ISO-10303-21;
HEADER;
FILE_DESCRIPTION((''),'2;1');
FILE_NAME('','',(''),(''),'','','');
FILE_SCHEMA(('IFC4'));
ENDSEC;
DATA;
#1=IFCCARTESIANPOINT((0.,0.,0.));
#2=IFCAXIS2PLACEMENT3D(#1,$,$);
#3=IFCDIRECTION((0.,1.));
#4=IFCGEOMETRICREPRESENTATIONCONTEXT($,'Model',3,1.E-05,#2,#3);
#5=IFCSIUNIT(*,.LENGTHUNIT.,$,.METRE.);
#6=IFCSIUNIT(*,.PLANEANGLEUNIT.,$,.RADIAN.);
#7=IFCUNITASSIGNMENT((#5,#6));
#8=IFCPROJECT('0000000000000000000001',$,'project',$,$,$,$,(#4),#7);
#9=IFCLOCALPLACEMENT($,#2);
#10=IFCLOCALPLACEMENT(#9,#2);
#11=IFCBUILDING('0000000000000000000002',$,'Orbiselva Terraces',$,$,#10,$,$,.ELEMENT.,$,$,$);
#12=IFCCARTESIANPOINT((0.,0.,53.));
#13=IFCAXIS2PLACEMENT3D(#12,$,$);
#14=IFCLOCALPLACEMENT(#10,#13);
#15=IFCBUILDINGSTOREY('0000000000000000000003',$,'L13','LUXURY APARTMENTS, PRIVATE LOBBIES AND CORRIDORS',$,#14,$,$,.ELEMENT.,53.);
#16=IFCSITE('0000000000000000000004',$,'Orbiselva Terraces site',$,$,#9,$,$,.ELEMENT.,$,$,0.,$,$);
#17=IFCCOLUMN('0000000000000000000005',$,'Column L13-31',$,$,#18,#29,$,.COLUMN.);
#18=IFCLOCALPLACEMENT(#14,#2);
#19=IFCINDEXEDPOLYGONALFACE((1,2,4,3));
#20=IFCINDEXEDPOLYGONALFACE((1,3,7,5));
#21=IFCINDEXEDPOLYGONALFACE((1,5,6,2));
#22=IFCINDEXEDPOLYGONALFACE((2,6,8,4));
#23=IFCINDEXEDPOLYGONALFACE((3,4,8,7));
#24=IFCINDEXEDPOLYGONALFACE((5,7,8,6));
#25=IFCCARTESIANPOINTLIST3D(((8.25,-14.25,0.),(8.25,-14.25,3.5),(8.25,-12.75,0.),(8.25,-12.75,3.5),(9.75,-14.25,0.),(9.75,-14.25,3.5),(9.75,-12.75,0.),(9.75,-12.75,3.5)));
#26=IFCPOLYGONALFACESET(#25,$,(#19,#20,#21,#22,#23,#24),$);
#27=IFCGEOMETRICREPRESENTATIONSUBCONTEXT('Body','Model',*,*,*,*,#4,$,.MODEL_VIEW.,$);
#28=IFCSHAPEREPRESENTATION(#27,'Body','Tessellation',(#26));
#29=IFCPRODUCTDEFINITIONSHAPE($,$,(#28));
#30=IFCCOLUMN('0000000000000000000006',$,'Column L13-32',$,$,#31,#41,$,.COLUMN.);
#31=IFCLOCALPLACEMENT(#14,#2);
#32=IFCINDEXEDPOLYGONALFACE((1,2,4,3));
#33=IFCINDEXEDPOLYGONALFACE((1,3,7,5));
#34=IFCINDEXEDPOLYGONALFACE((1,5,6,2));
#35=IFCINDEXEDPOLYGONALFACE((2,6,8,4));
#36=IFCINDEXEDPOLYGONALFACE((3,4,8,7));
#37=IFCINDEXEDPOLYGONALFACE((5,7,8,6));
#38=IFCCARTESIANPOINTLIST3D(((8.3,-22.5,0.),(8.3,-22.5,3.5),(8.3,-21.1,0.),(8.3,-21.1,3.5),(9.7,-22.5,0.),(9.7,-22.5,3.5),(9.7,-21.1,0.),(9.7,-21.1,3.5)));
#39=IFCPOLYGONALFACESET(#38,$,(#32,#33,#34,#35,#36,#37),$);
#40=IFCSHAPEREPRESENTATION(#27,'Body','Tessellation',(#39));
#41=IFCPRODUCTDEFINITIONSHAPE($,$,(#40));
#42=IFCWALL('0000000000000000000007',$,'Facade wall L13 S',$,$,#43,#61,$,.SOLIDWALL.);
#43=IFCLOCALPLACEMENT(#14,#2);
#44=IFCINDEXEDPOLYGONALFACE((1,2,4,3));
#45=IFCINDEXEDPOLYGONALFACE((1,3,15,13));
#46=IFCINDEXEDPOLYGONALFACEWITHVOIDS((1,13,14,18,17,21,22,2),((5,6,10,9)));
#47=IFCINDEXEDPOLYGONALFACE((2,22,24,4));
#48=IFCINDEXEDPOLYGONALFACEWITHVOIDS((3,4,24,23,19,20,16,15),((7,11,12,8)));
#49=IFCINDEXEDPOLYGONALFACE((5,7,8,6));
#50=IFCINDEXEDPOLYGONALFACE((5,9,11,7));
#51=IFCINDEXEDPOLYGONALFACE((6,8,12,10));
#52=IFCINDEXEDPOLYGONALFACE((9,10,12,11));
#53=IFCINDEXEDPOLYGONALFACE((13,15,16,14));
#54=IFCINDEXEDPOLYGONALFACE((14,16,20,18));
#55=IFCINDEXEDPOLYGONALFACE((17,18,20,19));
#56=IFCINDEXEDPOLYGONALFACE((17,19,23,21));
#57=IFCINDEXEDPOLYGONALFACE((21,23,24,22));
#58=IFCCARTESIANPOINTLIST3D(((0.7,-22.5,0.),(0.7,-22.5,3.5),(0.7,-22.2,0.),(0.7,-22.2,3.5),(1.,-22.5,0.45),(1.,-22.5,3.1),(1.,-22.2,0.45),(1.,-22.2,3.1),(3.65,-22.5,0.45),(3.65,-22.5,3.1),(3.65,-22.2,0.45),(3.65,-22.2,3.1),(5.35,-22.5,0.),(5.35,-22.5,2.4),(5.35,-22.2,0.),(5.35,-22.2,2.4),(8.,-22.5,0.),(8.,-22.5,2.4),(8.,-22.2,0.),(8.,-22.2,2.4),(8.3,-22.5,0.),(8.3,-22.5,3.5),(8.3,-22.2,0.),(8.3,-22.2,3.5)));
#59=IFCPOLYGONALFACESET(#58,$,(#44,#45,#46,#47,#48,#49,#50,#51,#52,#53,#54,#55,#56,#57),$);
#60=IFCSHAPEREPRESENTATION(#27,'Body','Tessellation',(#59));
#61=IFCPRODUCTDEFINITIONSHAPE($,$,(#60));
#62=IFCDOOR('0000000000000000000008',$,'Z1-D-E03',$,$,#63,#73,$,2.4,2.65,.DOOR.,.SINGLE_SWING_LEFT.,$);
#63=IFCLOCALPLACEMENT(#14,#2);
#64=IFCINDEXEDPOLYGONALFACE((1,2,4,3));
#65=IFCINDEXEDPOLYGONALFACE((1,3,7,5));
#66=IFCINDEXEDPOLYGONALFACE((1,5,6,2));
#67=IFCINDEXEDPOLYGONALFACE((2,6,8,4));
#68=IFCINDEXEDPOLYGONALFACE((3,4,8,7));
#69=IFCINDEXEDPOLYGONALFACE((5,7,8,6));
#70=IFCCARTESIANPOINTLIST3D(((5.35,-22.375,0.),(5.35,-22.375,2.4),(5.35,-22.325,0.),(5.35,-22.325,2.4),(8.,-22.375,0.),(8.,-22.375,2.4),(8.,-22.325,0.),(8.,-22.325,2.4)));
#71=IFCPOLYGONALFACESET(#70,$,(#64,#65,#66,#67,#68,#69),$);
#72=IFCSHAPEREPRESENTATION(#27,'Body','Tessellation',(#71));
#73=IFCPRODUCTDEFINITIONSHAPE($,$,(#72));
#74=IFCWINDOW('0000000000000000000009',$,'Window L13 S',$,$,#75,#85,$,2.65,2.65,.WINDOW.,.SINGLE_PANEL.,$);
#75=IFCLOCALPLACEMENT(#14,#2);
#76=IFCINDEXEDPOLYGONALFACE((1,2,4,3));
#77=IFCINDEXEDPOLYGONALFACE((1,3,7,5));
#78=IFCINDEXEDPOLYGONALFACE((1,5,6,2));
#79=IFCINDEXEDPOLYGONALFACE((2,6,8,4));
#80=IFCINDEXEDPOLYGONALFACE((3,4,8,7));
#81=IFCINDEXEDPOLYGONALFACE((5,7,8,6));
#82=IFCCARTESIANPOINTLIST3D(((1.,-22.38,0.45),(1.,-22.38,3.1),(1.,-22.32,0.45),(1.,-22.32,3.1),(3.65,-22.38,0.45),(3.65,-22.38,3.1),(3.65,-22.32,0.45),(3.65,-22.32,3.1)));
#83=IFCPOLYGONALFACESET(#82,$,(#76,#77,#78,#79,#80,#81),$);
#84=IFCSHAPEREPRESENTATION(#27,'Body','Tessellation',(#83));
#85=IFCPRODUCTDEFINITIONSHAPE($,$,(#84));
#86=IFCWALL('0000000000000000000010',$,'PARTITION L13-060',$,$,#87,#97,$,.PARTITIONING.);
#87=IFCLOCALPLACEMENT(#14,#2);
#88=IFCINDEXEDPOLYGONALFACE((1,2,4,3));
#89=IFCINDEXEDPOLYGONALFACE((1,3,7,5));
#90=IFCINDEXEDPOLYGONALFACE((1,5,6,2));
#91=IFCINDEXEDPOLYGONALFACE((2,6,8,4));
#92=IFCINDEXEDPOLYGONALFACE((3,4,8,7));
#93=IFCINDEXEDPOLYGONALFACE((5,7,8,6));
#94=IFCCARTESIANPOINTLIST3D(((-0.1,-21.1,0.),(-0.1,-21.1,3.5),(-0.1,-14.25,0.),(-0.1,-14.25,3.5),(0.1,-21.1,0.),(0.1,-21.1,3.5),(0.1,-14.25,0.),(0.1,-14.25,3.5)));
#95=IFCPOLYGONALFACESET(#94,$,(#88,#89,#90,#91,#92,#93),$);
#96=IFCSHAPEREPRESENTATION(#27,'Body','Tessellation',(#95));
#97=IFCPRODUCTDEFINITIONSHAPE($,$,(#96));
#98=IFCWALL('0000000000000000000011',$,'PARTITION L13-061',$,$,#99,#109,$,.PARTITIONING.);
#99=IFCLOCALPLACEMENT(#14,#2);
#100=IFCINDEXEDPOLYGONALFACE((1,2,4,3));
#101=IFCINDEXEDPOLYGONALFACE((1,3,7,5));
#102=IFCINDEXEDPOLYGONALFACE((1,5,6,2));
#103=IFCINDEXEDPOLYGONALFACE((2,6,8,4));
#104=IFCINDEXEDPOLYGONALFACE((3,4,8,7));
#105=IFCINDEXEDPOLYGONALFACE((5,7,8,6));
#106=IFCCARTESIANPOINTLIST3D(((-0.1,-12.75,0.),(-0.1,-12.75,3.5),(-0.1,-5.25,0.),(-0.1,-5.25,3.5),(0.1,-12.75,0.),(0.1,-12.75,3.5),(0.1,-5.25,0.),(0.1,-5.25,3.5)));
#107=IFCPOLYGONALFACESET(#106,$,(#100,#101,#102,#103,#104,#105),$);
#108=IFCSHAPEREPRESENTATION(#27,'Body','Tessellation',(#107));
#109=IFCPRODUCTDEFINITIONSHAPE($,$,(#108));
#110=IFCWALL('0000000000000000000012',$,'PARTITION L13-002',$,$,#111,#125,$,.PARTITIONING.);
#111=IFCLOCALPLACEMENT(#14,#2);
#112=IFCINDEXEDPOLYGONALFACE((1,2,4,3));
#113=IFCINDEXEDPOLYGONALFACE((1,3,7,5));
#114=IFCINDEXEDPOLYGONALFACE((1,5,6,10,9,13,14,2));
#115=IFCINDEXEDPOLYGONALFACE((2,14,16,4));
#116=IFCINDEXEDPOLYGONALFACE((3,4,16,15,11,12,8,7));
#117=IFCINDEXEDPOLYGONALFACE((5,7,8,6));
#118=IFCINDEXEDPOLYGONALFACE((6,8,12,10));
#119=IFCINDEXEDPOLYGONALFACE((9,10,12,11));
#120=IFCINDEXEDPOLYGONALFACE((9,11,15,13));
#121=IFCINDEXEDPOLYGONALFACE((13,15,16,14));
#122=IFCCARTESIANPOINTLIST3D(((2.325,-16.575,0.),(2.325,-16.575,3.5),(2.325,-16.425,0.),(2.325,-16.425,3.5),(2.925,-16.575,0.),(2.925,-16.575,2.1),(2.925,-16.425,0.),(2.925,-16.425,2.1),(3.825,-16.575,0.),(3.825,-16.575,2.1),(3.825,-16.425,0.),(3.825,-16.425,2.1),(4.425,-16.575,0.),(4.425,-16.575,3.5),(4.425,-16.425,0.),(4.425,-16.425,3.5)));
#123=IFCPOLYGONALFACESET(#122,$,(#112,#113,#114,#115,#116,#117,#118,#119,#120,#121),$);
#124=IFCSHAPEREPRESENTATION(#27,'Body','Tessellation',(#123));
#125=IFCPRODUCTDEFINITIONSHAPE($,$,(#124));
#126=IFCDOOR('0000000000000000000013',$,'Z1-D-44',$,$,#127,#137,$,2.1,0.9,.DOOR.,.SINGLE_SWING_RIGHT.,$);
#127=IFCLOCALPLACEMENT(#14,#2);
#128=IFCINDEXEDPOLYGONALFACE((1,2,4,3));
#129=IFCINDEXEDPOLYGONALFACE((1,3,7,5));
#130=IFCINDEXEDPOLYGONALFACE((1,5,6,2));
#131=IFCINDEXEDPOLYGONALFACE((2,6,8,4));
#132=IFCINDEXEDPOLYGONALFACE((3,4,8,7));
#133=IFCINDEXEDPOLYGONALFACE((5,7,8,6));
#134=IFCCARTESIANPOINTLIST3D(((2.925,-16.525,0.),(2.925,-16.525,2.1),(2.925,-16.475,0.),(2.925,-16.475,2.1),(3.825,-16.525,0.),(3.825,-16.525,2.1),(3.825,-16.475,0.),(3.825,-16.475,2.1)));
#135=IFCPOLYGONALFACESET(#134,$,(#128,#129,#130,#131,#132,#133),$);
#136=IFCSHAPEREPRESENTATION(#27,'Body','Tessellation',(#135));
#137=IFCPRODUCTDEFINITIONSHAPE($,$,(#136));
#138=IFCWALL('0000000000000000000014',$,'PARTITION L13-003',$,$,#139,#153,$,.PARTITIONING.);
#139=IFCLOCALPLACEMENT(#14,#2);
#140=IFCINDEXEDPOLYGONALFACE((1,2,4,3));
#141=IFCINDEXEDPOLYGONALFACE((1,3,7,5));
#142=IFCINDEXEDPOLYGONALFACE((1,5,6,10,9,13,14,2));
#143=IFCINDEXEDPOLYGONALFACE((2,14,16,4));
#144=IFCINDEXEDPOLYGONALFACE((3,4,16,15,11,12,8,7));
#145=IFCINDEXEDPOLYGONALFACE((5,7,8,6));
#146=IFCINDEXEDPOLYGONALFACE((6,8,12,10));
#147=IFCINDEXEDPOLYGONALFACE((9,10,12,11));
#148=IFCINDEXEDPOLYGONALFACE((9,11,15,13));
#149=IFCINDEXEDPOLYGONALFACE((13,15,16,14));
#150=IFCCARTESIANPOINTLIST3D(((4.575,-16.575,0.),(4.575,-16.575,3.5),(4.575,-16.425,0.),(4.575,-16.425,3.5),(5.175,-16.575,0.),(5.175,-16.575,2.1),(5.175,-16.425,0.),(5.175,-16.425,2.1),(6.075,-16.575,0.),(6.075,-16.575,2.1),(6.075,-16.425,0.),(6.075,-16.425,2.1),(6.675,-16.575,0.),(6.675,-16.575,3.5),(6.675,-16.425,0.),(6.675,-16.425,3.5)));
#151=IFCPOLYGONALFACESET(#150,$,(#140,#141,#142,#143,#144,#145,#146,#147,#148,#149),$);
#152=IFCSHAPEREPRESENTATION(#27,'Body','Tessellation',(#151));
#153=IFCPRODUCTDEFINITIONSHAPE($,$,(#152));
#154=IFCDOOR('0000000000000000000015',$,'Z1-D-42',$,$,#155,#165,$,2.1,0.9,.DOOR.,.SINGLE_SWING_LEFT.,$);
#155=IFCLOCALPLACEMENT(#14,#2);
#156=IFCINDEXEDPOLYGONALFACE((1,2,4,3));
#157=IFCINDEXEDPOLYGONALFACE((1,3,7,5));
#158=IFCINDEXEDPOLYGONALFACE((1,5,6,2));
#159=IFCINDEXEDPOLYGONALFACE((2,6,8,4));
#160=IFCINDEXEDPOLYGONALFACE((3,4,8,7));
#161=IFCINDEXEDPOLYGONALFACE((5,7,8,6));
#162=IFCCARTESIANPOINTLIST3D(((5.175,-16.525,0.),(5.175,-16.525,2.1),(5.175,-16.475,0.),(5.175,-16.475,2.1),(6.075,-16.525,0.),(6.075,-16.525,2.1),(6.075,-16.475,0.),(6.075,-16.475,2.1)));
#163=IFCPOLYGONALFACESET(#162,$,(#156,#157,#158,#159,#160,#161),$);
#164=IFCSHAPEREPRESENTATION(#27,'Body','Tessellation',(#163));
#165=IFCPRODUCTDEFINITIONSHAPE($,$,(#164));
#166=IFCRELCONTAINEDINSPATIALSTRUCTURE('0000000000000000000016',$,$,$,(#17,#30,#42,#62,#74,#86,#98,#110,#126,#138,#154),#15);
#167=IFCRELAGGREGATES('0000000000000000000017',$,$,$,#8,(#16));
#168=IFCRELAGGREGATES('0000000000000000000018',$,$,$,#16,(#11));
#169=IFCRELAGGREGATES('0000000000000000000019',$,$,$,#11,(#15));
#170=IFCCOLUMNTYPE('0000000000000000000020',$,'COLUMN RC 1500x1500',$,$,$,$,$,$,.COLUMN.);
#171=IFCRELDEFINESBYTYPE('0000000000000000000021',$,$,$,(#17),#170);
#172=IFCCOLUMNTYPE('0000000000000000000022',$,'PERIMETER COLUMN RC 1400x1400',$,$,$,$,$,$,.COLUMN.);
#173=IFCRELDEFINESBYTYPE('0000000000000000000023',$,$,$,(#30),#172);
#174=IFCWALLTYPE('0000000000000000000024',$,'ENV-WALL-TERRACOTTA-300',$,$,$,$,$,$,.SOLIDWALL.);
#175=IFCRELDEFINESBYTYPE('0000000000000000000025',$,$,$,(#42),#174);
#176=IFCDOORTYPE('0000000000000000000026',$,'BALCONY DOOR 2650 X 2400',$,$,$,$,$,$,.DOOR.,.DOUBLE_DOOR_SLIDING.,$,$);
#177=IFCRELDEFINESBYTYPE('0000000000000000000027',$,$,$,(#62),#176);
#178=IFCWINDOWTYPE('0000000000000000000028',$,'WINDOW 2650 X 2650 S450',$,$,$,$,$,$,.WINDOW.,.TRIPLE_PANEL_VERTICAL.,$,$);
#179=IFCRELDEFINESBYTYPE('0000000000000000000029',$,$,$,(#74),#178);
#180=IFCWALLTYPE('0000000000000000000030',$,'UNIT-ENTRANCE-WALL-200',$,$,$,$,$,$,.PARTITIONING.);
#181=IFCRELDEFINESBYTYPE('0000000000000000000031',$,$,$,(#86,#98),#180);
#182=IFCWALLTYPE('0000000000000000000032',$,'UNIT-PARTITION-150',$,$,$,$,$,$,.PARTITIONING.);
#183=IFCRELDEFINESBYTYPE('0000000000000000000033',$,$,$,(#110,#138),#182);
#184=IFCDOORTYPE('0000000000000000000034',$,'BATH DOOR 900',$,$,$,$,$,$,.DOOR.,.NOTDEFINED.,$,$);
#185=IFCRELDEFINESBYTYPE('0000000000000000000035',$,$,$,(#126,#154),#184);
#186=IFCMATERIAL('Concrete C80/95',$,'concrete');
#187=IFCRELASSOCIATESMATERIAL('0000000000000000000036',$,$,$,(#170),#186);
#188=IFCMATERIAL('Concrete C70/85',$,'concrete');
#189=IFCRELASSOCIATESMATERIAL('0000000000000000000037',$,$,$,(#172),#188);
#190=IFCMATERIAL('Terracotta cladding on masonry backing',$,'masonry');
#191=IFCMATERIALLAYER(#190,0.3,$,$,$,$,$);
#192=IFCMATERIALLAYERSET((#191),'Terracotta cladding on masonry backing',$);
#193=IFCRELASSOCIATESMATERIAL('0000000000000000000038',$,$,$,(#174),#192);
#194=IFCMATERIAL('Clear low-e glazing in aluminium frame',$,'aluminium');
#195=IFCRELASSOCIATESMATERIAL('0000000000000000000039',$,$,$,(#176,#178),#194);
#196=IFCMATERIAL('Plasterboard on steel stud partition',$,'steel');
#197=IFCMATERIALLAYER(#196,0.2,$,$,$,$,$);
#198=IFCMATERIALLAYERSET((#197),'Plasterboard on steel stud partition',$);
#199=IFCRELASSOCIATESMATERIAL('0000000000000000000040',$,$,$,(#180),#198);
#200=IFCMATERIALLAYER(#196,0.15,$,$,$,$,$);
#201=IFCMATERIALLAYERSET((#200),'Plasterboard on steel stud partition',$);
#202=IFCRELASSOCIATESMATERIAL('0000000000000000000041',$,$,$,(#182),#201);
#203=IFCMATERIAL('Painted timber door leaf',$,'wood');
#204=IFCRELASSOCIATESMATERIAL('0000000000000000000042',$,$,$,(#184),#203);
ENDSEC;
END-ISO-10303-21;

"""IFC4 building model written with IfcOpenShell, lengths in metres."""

from ifc_helpers import new_model, si_unit, direction, frame, frame_2d, origin, origin_2d, place, context, subcontext, project, spatial, rectangle, extrude, material, layer, layer_set, material_profile, profile_set, type_object, element, fill, save


model = new_model("IFC4")

# Units and contexts
model_context = context("Model", 3, precision=1e-05, world=origin(), true_north=direction((0.0, 1.0)))
body_context = subcontext(model_context, "Body", "Model", "MODEL_VIEW")
ifc_project = project(units=[si_unit("LENGTHUNIT", "METRE"), si_unit("PLANEANGLEUNIT", "RADIAN")], contexts=[model_context])

# Site, building, storey
site_placement = place(None, origin())
site = spatial("IfcSite", under=ifc_project, at=site_placement, Name="Orbiselva Terraces site", CompositionType="ELEMENT", RefElevation=0.0)
building_placement = place(site_placement, origin())
building = spatial("IfcBuilding", under=site, at=building_placement, Name="Orbiselva Terraces", CompositionType="ELEMENT")
storey_placement = place(building_placement, frame((0.0, 0.0, 53.0)))
storey = spatial("IfcBuildingStorey", under=building, at=storey_placement, Name="L13", Description="LUXURY APARTMENTS, PRIVATE LOBBIES AND CORRIDORS", CompositionType="ELEMENT", Elevation=53.0)

# Columns
ifc_material_1 = material(Name="Concrete C80/95", Category="concrete")
ifc_material_profile_1 = material_profile(ifc_material_1, rectangle(XDim=1.5, YDim=1.5, at=origin_2d()), Name="RC 1500x1500")
ifc_profile_set_1 = profile_set([ifc_material_profile_1], Name="Concrete C80/95")
column_type_1 = type_object("IfcColumnType", Name="COLUMN RC 1500x1500", PredefinedType="COLUMN", material=ifc_profile_set_1)
column_1_placement = place(storey_placement, frame((9.0, -13.5, 0.0), z_axis=(0.0, 0.0, 1.0), x_axis=(1.0, 0.0, 0.0)))
element("IfcColumn", 1, at=column_1_placement, inside=storey, type_object=column_type_1, Name="Column L13-31", PredefinedType="COLUMN", context=body_context, shape_type="SweptSolid", body=[
    extrude(rectangle(XDim=1.5, YDim=1.5, at=origin_2d()), origin(), (0.0, 0.0, 1.0), 3.5),
])
ifc_material_2 = material(Name="Concrete C70/85", Category="concrete")
ifc_material_profile_2 = material_profile(ifc_material_2, rectangle(XDim=1.4, YDim=1.4, at=origin_2d()), Name="RC 1400x1400")
ifc_profile_set_2 = profile_set([ifc_material_profile_2], Name="Concrete C70/85")
column_type_2 = type_object("IfcColumnType", Name="PERIMETER COLUMN RC 1400x1400", PredefinedType="COLUMN", material=ifc_profile_set_2)
column_2_placement = place(storey_placement, frame((9.0, -21.8, 0.0), z_axis=(0.0, 0.0, 1.0), x_axis=(1.0, 0.0, 0.0)))
element("IfcColumn", 2, at=column_2_placement, inside=storey, type_object=column_type_2, Name="Column L13-32", PredefinedType="COLUMN", context=body_context, shape_type="SweptSolid", body=[
    extrude(rectangle(XDim=1.4, YDim=1.4, at=origin_2d()), origin(), (0.0, 0.0, 1.0), 3.5),
])

# Wall, openings, door, window
ifc_material_3 = material(Name="Terracotta cladding on masonry backing", Category="masonry")
ifc_layer_1 = layer(ifc_material_3, 0.3)
ifc_layer_set_1 = layer_set([ifc_layer_1], Name="Terracotta cladding on masonry backing")
wall_type_1 = type_object("IfcWallType", Name="ENV-WALL-TERRACOTTA-300", PredefinedType="SOLIDWALL", material=ifc_layer_set_1)
wall_1_placement = place(storey_placement, frame((8.3, -22.35, 0.0), z_axis=(0.0, 0.0, 1.0), x_axis=(-1.0, 0.0, 0.0)))
wall_1 = element("IfcWall", 3, at=wall_1_placement, inside=storey, type_object=wall_type_1, Name="Facade wall L13 S", PredefinedType="SOLIDWALL", context=body_context, shape_type="SweptSolid", body=[
    extrude(rectangle(XDim=7.6, YDim=0.3, at=frame_2d((3.8, 0.0))), origin(), (0.0, 0.0, 1.0), 3.5),
])
opening_1_placement = place(wall_1_placement, frame((4.65, 0.0, 0.45)))
opening_1 = element("IfcOpeningElement", 4, at=opening_1_placement, cuts=wall_1, PredefinedType="OPENING", context=body_context, shape_type="SweptSolid", body=[
    extrude(rectangle(XDim=2.65, YDim=2.65, at=frame_2d((1.325, 1.325))), frame((0.0, 0.16, 0.0), z_axis=(0.0, -1.0, 0.0), x_axis=(1.0, 0.0, 0.0)), (0.0, 0.0, 1.0), 0.32),
])
opening_2_placement = place(wall_1_placement, frame((0.3, 0.0, 0.0)))
opening_2 = element("IfcOpeningElement", 5, at=opening_2_placement, cuts=wall_1, PredefinedType="OPENING", context=body_context, shape_type="SweptSolid", body=[
    extrude(rectangle(XDim=2.65, YDim=2.4, at=frame_2d((1.325, 1.2))), frame((0.0, 0.16, 0.0), z_axis=(0.0, -1.0, 0.0), x_axis=(1.0, 0.0, 0.0)), (0.0, 0.0, 1.0), 0.32),
])
ifc_material_4 = material(Name="Clear low-e glazing in aluminium frame", Category="aluminium")
door_type_1 = type_object("IfcDoorType", Name="BALCONY DOOR 2650 X 2400", OperationType="DOUBLE_DOOR_SLIDING", PredefinedType="DOOR", material=ifc_material_4)
door_1_placement = place(opening_2_placement, origin())
door_1 = element("IfcDoor", 6, at=door_1_placement, inside=storey, type_object=door_type_1, Name="Z1-D-E03", OperationType="SINGLE_SWING_LEFT", OverallHeight=2.4, OverallWidth=2.65, PredefinedType="DOOR", context=body_context, shape_type="SweptSolid", body=[
    extrude(rectangle(XDim=2.65, YDim=2.4, at=frame_2d((1.325, 1.2))), frame((0.0, 0.025, 0.0), z_axis=(0.0, -1.0, 0.0), x_axis=(1.0, 0.0, 0.0)), (0.0, 0.0, 1.0), 0.05),
])
fill(opening_2, door_1)
window_type = type_object("IfcWindowType", Name="WINDOW 2650 X 2650 S450", PartitioningType="TRIPLE_PANEL_VERTICAL", PredefinedType="WINDOW", material=ifc_material_4)
window_placement = place(opening_1_placement, origin())
window = element("IfcWindow", 7, at=window_placement, inside=storey, type_object=window_type, Name="Window L13 S", OverallHeight=2.65, OverallWidth=2.65, PartitioningType="SINGLE_PANEL", PredefinedType="WINDOW", context=body_context, shape_type="SweptSolid", body=[
    extrude(rectangle(XDim=2.65, YDim=2.65, at=frame_2d((1.325, 1.325))), frame((0.0, 0.03, 0.0), z_axis=(0.0, -1.0, 0.0), x_axis=(1.0, 0.0, 0.0)), (0.0, 0.0, 1.0), 0.06),
])
fill(opening_1, window)

# Walls
ifc_material_5 = material(Name="Plasterboard on steel stud partition", Category="steel")
ifc_layer_2 = layer(ifc_material_5, 0.2)
ifc_layer_set_2 = layer_set([ifc_layer_2], Name="Plasterboard on steel stud partition")
wall_type_2 = type_object("IfcWallType", Name="UNIT-ENTRANCE-WALL-200", PredefinedType="PARTITIONING", material=ifc_layer_set_2)
wall_2_placement = place(storey_placement, frame((0.0, -21.1, 0.0), z_axis=(0.0, 0.0, 1.0), x_axis=(0.0, 1.0, 0.0)))
element("IfcWall", 8, at=wall_2_placement, inside=storey, type_object=wall_type_2, Name="PARTITION L13-060", PredefinedType="PARTITIONING", context=body_context, shape_type="SweptSolid", body=[
    extrude(rectangle(XDim=6.85, YDim=0.2, at=frame_2d((3.425, 0.0))), origin(), (0.0, 0.0, 1.0), 3.5),
])
wall_3_placement = place(storey_placement, frame((0.0, -12.75, 0.0), z_axis=(0.0, 0.0, 1.0), x_axis=(0.0, 1.0, 0.0)))
element("IfcWall", 9, at=wall_3_placement, inside=storey, type_object=wall_type_2, Name="PARTITION L13-061", PredefinedType="PARTITIONING", context=body_context, shape_type="SweptSolid", body=[
    extrude(rectangle(XDim=7.5, YDim=0.2, at=frame_2d((3.75, 0.0))), origin(), (0.0, 0.0, 1.0), 3.5),
])

# Walls, openings, doors
ifc_layer_3 = layer(ifc_material_5, 0.15)
ifc_layer_set_3 = layer_set([ifc_layer_3], Name="Plasterboard on steel stud partition")
wall_type_3 = type_object("IfcWallType", Name="UNIT-PARTITION-150", PredefinedType="PARTITIONING", material=ifc_layer_set_3)
wall_4_placement = place(storey_placement, frame((2.325, -16.5, 0.0), z_axis=(0.0, 0.0, 1.0), x_axis=(1.0, 0.0, 0.0)))
wall_4 = element("IfcWall", 10, at=wall_4_placement, inside=storey, type_object=wall_type_3, Name="PARTITION L13-002", PredefinedType="PARTITIONING", context=body_context, shape_type="SweptSolid", body=[
    extrude(rectangle(XDim=2.1, YDim=0.15, at=frame_2d((1.05, 0.0))), origin(), (0.0, 0.0, 1.0), 3.5),
])
opening_3_placement = place(wall_4_placement, frame((0.6, 0.0, 0.0)))
opening_3 = element("IfcOpeningElement", 11, at=opening_3_placement, cuts=wall_4, PredefinedType="OPENING", context=body_context, shape_type="SweptSolid", body=[
    extrude(rectangle(XDim=0.9, YDim=2.1, at=frame_2d((0.45, 1.05))), frame((0.0, 0.085, 0.0), z_axis=(0.0, -1.0, 0.0), x_axis=(1.0, 0.0, 0.0)), (0.0, 0.0, 1.0), 0.17),
])
ifc_material_6 = material(Name="Painted timber door leaf", Category="wood")
door_type_2 = type_object("IfcDoorType", Name="BATH DOOR 900", OperationType="NOTDEFINED", PredefinedType="DOOR", material=ifc_material_6)
door_2_placement = place(opening_3_placement, origin())
door_2 = element("IfcDoor", 12, at=door_2_placement, inside=storey, type_object=door_type_2, Name="Z1-D-44", OperationType="SINGLE_SWING_RIGHT", OverallHeight=2.1, OverallWidth=0.9, PredefinedType="DOOR", context=body_context, shape_type="SweptSolid", body=[
    extrude(rectangle(XDim=0.9, YDim=2.1, at=frame_2d((0.45, 1.05))), frame((0.0, 0.025, 0.0), z_axis=(0.0, -1.0, 0.0), x_axis=(1.0, 0.0, 0.0)), (0.0, 0.0, 1.0), 0.05),
])
fill(opening_3, door_2)
wall_5_placement = place(storey_placement, frame((4.575, -16.5, 0.0), z_axis=(0.0, 0.0, 1.0), x_axis=(1.0, 0.0, 0.0)))
wall_5 = element("IfcWall", 13, at=wall_5_placement, inside=storey, type_object=wall_type_3, Name="PARTITION L13-003", PredefinedType="PARTITIONING", context=body_context, shape_type="SweptSolid", body=[
    extrude(rectangle(XDim=2.1, YDim=0.15, at=frame_2d((1.05, 0.0))), origin(), (0.0, 0.0, 1.0), 3.5),
])
opening_4_placement = place(wall_5_placement, frame((0.6, 0.0, 0.0)))
opening_4 = element("IfcOpeningElement", 14, at=opening_4_placement, cuts=wall_5, PredefinedType="OPENING", context=body_context, shape_type="SweptSolid", body=[
    extrude(rectangle(XDim=0.9, YDim=2.1, at=frame_2d((0.45, 1.05))), frame((0.0, 0.085, 0.0), z_axis=(0.0, -1.0, 0.0), x_axis=(1.0, 0.0, 0.0)), (0.0, 0.0, 1.0), 0.17),
])
door_3_placement = place(opening_4_placement, origin())
door_3 = element("IfcDoor", 15, at=door_3_placement, inside=storey, type_object=door_type_2, Name="Z1-D-42", OperationType="SINGLE_SWING_LEFT", OverallHeight=2.1, OverallWidth=0.9, PredefinedType="DOOR", context=body_context, shape_type="SweptSolid", body=[
    extrude(rectangle(XDim=0.9, YDim=2.1, at=frame_2d((0.45, 1.05))), frame((0.0, 0.025, 0.0), z_axis=(0.0, -1.0, 0.0), x_axis=(1.0, 0.0, 0.0)), (0.0, 0.0, 1.0), 0.05),
])
fill(opening_4, door_3)

save(model, "model.ifc")
